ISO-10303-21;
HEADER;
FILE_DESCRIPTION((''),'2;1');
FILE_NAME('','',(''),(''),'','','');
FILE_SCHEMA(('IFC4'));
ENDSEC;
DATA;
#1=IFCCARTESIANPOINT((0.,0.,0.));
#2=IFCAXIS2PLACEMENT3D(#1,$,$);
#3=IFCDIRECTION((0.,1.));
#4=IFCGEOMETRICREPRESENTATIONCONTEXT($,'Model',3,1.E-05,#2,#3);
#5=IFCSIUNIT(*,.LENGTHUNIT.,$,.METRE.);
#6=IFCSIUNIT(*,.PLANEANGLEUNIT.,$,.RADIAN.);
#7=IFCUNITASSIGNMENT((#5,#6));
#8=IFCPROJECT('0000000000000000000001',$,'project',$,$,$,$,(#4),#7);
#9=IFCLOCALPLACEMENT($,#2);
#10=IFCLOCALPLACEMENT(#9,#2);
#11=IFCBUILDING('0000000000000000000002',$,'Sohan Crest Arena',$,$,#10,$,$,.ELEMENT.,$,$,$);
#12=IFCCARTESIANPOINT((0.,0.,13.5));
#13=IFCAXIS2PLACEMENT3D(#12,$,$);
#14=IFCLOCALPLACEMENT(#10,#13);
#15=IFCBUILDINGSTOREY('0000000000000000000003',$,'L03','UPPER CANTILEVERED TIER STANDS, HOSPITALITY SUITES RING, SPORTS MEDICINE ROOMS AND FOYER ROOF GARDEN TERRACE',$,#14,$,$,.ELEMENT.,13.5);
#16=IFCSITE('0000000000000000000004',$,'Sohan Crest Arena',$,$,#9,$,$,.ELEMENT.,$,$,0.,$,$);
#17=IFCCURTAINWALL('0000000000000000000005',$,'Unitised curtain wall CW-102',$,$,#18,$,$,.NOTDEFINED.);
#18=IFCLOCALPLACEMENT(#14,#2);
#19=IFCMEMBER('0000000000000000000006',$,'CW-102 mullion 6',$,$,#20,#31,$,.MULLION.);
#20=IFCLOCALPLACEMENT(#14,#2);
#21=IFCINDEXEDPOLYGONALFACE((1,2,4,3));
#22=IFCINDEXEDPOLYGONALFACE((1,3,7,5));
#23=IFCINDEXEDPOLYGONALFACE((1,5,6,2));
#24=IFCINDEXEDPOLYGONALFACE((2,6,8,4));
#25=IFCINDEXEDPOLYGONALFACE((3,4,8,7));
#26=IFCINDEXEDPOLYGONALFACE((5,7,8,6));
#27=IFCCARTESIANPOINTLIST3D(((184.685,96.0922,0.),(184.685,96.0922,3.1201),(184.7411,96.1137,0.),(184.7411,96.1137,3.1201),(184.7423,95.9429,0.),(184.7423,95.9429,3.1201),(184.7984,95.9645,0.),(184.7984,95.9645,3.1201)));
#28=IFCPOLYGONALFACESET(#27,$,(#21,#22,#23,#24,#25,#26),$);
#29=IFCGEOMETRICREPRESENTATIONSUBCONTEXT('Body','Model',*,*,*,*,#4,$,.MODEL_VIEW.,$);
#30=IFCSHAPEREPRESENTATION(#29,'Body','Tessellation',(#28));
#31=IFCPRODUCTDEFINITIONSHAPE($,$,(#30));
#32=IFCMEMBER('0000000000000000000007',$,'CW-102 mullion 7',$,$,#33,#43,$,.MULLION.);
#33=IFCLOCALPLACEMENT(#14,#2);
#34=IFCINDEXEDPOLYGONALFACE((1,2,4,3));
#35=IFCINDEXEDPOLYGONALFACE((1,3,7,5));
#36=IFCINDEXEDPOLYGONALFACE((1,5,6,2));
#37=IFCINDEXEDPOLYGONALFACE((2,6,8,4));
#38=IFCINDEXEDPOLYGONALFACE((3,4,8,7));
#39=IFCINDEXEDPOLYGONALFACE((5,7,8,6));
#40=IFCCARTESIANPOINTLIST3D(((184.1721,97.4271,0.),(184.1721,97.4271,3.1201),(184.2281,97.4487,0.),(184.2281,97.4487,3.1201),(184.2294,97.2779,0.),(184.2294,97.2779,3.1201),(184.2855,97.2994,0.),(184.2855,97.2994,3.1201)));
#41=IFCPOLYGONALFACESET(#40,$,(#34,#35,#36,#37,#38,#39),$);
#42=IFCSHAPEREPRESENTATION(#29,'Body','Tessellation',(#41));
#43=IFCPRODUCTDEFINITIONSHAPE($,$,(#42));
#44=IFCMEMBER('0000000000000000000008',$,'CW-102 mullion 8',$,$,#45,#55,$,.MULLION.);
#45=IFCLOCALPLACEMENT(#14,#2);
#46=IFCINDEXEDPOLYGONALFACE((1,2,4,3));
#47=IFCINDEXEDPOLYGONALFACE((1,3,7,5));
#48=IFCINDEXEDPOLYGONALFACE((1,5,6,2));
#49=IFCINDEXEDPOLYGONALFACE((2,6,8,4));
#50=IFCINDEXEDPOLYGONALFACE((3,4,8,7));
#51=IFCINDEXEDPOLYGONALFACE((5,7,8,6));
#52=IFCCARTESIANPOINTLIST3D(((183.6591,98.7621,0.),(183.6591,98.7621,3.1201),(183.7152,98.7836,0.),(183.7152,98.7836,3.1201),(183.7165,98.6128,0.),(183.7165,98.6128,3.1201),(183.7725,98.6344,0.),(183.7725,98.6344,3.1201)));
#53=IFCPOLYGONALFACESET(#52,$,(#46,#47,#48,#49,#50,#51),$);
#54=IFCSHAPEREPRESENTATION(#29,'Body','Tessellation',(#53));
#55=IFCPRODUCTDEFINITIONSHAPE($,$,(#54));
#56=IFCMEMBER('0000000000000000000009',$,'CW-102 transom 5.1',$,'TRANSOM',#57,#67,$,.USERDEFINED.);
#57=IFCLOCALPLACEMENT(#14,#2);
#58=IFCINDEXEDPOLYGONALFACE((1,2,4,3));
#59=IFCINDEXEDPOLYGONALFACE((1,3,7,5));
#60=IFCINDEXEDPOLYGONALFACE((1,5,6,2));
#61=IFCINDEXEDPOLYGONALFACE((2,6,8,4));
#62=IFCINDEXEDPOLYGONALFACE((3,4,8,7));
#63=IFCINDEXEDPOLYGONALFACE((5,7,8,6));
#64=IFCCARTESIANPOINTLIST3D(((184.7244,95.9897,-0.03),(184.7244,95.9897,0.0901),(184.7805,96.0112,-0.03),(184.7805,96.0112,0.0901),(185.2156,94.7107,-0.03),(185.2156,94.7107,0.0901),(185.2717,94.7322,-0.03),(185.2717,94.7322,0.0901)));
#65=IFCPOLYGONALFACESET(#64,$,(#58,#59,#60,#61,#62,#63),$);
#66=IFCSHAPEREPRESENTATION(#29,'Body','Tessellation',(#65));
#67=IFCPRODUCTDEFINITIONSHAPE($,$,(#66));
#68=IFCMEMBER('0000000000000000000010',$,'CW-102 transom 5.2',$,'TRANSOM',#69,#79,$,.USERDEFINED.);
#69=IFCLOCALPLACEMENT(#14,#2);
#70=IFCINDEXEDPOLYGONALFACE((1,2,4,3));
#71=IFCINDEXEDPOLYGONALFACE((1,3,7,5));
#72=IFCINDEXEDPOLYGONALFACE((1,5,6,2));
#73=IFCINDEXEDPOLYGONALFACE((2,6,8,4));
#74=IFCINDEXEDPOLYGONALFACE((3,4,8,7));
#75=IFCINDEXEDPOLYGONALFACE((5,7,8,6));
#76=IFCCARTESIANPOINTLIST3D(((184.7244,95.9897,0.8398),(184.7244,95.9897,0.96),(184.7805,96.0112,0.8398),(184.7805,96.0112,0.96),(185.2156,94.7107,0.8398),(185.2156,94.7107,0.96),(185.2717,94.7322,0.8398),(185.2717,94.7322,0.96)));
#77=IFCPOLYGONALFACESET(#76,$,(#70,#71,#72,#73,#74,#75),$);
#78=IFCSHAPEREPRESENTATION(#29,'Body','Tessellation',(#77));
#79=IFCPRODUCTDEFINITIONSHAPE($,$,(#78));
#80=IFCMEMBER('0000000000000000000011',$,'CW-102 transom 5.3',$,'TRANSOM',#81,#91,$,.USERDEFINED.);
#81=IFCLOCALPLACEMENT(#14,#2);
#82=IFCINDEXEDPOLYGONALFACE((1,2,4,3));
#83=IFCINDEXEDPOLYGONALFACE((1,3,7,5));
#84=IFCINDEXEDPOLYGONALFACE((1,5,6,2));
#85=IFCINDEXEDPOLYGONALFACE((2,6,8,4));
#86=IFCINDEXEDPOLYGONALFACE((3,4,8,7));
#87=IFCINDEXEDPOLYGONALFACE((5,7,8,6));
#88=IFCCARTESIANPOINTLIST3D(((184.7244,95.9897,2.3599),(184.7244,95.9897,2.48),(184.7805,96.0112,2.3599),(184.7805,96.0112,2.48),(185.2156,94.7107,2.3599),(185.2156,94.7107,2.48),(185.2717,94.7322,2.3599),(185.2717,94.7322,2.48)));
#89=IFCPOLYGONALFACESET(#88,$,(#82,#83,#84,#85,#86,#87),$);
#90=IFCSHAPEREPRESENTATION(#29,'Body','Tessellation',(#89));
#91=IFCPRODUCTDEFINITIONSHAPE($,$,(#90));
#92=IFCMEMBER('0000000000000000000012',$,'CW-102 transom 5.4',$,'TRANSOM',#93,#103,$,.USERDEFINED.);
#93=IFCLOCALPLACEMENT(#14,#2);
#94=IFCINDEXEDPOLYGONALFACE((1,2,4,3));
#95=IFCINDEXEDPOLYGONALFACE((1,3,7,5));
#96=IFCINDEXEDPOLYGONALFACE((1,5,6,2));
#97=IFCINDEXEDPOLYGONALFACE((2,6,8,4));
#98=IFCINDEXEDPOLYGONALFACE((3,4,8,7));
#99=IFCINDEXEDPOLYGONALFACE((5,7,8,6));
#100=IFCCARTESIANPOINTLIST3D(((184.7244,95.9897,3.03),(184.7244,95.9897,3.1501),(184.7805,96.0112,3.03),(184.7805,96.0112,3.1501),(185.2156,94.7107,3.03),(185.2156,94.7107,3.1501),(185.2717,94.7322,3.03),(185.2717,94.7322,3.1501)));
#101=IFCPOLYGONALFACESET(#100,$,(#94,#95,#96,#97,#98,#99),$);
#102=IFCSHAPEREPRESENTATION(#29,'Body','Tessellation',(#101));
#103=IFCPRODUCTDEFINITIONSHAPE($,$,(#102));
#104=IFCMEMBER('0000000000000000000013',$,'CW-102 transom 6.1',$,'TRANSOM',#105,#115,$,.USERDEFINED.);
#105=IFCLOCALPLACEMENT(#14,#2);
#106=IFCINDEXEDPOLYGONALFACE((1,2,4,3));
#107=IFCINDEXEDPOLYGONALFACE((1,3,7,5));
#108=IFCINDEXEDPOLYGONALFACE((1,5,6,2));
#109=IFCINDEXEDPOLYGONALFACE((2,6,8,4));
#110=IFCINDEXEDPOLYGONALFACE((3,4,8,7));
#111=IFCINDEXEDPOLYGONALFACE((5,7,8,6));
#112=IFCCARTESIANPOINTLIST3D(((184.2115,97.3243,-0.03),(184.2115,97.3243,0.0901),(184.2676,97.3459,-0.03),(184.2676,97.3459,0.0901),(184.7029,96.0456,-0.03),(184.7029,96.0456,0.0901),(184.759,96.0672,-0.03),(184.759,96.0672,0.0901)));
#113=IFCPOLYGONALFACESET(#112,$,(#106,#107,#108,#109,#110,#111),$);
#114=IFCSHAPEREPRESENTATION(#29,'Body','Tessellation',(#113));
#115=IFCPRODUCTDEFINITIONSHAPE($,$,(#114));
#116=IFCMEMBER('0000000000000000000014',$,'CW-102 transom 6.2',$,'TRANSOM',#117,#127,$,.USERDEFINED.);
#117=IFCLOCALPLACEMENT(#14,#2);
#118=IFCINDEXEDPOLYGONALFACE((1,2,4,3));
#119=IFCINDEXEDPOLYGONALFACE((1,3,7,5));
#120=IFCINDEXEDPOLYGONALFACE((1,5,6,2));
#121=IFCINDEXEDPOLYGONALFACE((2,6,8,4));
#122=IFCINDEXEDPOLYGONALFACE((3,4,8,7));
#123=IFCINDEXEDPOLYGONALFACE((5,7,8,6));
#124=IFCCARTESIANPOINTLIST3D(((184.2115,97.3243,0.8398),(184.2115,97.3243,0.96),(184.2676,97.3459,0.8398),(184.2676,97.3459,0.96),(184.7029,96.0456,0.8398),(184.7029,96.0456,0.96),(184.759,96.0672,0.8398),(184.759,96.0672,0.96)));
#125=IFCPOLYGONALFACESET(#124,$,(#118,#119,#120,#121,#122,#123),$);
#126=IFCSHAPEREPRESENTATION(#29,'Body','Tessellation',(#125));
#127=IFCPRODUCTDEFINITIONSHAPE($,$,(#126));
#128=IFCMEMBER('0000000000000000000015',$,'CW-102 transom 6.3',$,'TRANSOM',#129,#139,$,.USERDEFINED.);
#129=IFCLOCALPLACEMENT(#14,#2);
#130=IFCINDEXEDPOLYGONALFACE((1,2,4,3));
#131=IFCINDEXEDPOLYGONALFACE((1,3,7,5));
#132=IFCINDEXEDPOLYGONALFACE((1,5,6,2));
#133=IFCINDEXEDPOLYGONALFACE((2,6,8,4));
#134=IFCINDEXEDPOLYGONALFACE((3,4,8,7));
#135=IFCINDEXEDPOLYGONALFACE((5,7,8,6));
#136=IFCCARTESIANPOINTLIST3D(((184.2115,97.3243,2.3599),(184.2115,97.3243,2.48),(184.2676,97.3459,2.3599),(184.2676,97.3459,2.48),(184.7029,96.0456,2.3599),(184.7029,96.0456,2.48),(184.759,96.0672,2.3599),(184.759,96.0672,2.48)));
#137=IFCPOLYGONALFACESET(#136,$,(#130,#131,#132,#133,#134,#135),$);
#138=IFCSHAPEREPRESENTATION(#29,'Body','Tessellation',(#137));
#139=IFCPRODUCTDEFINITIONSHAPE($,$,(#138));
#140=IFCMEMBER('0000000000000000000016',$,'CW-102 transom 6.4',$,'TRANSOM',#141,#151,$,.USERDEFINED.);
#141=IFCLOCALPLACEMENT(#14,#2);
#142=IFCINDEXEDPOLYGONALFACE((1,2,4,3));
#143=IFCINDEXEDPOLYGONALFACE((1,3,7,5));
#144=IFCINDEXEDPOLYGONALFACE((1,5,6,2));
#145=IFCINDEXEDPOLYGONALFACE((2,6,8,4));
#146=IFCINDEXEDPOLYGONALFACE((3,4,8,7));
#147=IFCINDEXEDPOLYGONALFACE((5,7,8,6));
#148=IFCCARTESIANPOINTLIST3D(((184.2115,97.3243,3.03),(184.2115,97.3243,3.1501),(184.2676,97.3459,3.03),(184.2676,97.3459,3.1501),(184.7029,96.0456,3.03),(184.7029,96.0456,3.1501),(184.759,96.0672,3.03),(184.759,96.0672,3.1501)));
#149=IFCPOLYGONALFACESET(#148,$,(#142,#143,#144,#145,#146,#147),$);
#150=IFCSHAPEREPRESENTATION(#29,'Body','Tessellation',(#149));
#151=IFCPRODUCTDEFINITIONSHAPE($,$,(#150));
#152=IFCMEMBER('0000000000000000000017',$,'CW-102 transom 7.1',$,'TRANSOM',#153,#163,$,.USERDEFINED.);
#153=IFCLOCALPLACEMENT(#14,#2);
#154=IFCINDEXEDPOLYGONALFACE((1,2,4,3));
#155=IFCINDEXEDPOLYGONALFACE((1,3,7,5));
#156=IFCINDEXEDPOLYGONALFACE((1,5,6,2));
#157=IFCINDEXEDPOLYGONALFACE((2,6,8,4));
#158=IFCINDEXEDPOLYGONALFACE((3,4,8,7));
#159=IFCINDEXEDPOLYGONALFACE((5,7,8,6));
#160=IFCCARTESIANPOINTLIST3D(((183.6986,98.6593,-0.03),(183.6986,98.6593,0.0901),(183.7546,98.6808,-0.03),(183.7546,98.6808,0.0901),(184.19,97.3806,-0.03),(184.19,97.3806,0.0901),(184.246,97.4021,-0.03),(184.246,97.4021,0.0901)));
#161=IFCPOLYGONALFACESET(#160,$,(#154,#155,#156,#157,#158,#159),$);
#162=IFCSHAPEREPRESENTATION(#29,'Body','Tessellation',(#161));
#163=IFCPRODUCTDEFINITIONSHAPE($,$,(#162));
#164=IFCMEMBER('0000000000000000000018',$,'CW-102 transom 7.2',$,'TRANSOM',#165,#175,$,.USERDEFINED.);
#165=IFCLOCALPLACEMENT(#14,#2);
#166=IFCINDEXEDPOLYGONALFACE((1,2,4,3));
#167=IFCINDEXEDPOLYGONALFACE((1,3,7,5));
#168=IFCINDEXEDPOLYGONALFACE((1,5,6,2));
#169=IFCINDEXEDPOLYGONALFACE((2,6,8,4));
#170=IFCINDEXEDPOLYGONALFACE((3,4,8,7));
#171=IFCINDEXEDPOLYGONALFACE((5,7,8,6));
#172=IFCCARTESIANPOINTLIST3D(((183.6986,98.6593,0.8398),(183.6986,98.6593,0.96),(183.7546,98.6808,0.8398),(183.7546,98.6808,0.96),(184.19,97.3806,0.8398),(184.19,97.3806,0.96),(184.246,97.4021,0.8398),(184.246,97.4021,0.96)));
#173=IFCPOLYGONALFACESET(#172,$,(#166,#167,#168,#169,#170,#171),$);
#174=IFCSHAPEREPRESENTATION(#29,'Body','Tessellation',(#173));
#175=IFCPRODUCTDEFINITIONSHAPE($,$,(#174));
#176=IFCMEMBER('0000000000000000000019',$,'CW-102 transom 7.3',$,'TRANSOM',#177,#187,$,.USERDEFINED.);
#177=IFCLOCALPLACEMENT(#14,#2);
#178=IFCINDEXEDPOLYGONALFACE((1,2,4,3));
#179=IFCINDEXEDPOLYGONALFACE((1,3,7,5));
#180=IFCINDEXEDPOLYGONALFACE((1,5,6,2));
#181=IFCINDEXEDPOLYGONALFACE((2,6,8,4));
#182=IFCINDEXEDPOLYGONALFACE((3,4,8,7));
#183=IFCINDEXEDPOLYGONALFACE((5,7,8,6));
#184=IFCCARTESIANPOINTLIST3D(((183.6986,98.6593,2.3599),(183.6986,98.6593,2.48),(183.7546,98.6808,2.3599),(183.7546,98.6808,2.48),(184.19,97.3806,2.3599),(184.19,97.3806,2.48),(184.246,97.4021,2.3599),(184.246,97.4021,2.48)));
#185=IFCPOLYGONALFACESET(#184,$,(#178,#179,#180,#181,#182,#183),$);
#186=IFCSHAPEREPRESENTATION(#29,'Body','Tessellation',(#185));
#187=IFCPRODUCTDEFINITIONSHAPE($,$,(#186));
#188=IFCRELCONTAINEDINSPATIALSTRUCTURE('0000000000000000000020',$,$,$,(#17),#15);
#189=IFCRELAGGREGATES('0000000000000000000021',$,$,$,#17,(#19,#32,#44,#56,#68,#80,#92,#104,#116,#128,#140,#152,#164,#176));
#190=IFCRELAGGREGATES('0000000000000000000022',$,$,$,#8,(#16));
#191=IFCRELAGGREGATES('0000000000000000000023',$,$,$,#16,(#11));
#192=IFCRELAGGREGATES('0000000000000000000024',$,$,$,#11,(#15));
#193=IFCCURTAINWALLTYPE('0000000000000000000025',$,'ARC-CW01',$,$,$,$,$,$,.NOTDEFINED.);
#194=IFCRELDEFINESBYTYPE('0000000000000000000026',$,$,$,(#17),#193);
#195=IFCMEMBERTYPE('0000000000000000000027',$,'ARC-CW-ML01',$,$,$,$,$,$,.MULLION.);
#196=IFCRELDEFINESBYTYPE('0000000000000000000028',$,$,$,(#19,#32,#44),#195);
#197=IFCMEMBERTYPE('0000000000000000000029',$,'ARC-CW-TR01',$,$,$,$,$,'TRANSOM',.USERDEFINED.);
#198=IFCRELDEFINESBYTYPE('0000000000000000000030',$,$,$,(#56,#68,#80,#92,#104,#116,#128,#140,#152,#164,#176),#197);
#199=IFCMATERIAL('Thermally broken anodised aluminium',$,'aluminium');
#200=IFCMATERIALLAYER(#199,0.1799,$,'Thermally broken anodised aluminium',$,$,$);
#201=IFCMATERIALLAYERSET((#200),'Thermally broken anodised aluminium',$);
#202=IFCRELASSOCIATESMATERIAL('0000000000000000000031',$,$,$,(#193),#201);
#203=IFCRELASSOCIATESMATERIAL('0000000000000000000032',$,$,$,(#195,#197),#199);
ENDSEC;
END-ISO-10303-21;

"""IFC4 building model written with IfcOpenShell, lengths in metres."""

from ifc_helpers import new_model, si_unit, direction, frame, origin, origin_2d, place, context, subcontext, project, spatial, rectangle, extrude, material, layer, layer_set, material_profile, profile_set, type_object, element, aggregate, save


model = new_model("IFC4")

# Units and contexts
model_context = context("Model", 3, precision=1e-05, world=origin(), true_north=direction((0.0, 1.0)))
body_context = subcontext(model_context, "Body", "Model", "MODEL_VIEW")
ifc_project = project(units=[si_unit("LENGTHUNIT", "METRE"), si_unit("PLANEANGLEUNIT", "RADIAN")], contexts=[model_context])

# Site, building, storey
site_placement = place(None, origin())
site = spatial("IfcSite", under=ifc_project, at=site_placement, Name="Sohan Crest Arena", CompositionType="ELEMENT", RefElevation=0.0)
building_placement = place(site_placement, origin())
building = spatial("IfcBuilding", under=site, at=building_placement, Name="Sohan Crest Arena", CompositionType="ELEMENT")
storey_placement = place(building_placement, frame((0.0, 0.0, 13.5)))
storey = spatial("IfcBuildingStorey", under=building, at=storey_placement, Name="L03", Description="UPPER CANTILEVERED TIER STANDS, HOSPITALITY SUITES RING, SPORTS MEDICINE ROOMS AND FOYER ROOF GARDEN TERRACE", CompositionType="ELEMENT", Elevation=13.5)

# Curtain wall, members
ifc_material_1 = material(Name="Thermally broken anodised aluminium", Category="aluminium")
ifc_layer_1 = layer(ifc_material_1, 0.1799, Name="Thermally broken anodised aluminium")
ifc_layer_set_1 = layer_set([ifc_layer_1], Name="Thermally broken anodised aluminium")
curtain_wall_type = type_object("IfcCurtainWallType", Name="ARC-CW01", PredefinedType="NOTDEFINED", material=ifc_layer_set_1)
curtain_wall_placement = place(storey_placement, origin())
curtain_wall = element("IfcCurtainWall", 1, at=curtain_wall_placement, inside=storey, type_object=curtain_wall_type, Name="Unitised curtain wall CW-102", PredefinedType="NOTDEFINED")
ifc_material_profile_1 = material_profile(ifc_material_1, rectangle(XDim=0.0601, YDim=0.1599, at=origin_2d()), Name="ALU-MULL 60x160")
ifc_profile_set_1 = profile_set([ifc_material_profile_1], Name="Thermally broken anodised aluminium")
member_type_1 = type_object("IfcMemberType", Name="ARC-CW-ML01", PredefinedType="MULLION", material=ifc_profile_set_1)
member_1_placement = place(storey_placement, frame((184.7417, 96.0283, 0.0), z_axis=(0.0, 0.0, 1.0), x_axis=(-0.933472, -0.358651, 0.0)))
member_1 = element("IfcMember", 2, at=member_1_placement, type_object=member_type_1, Name="CW-102 mullion 6", PredefinedType="MULLION", context=body_context, shape_type="SweptSolid", body=[
    extrude(rectangle(XDim=0.0601, YDim=0.1599, at=origin_2d()), origin(), (0.0, 0.0, 1.0), 3.1201),
])
member_2_placement = place(storey_placement, frame((184.2288, 97.3633, 0.0), z_axis=(0.0, 0.0, 1.0), x_axis=(-0.933472, -0.358651, 0.0)))
member_2 = element("IfcMember", 3, at=member_2_placement, type_object=member_type_1, Name="CW-102 mullion 7", PredefinedType="MULLION", context=body_context, shape_type="SweptSolid", body=[
    extrude(rectangle(XDim=0.0601, YDim=0.1599, at=origin_2d()), origin(), (0.0, 0.0, 1.0), 3.1201),
])
member_3_placement = place(storey_placement, frame((183.7158, 98.6982, 0.0), z_axis=(0.0, 0.0, 1.0), x_axis=(-0.933472, -0.358651, 0.0)))
member_3 = element("IfcMember", 4, at=member_3_placement, type_object=member_type_1, Name="CW-102 mullion 8", PredefinedType="MULLION", context=body_context, shape_type="SweptSolid", body=[
    extrude(rectangle(XDim=0.0601, YDim=0.1599, at=origin_2d()), origin(), (0.0, 0.0, 1.0), 3.1201),
])
ifc_material_profile_2 = material_profile(ifc_material_1, rectangle(XDim=0.0601, YDim=0.1201, at=origin_2d()), Name="ALU-TRAN 60x120")
ifc_profile_set_2 = profile_set([ifc_material_profile_2], Name="Thermally broken anodised aluminium")
member_type_2 = type_object("IfcMemberType", Name="ARC-CW-TR01", ElementType="TRANSOM", PredefinedType="USERDEFINED", material=ifc_profile_set_2)
member_4_placement = place(storey_placement, frame((185.2437, 94.7214, 0.03), z_axis=(-0.358513, 0.933525, 0.0), x_axis=(-0.933525, -0.358513, 0.0)))
member_4 = element("IfcMember", 5, at=member_4_placement, type_object=member_type_2, Name="CW-102 transom 5.1", ObjectType="TRANSOM", PredefinedType="USERDEFINED", context=body_context, shape_type="SweptSolid", body=[
    extrude(rectangle(XDim=0.0601, YDim=0.1201, at=origin_2d()), origin(), (0.0, 0.0, 1.0), 1.3701),
])
member_5_placement = place(storey_placement, frame((185.2437, 94.7214, 0.8999), z_axis=(-0.358513, 0.933525, 0.0), x_axis=(-0.933525, -0.358513, 0.0)))
member_5 = element("IfcMember", 6, at=member_5_placement, type_object=member_type_2, Name="CW-102 transom 5.2", ObjectType="TRANSOM", PredefinedType="USERDEFINED", context=body_context, shape_type="SweptSolid", body=[
    extrude(rectangle(XDim=0.0601, YDim=0.1201, at=origin_2d()), origin(), (0.0, 0.0, 1.0), 1.3701),
])
member_6_placement = place(storey_placement, frame((185.2437, 94.7214, 2.4199), z_axis=(-0.358513, 0.933525, 0.0), x_axis=(-0.933525, -0.358513, 0.0)))
member_6 = element("IfcMember", 7, at=member_6_placement, type_object=member_type_2, Name="CW-102 transom 5.3", ObjectType="TRANSOM", PredefinedType="USERDEFINED", context=body_context, shape_type="SweptSolid", body=[
    extrude(rectangle(XDim=0.0601, YDim=0.1201, at=origin_2d()), origin(), (0.0, 0.0, 1.0), 1.3701),
])
member_7_placement = place(storey_placement, frame((185.2437, 94.7214, 3.0901), z_axis=(-0.358513, 0.933525, 0.0), x_axis=(-0.933525, -0.358513, 0.0)))
member_7 = element("IfcMember", 8, at=member_7_placement, type_object=member_type_2, Name="CW-102 transom 5.4", ObjectType="TRANSOM", PredefinedType="USERDEFINED", context=body_context, shape_type="SweptSolid", body=[
    extrude(rectangle(XDim=0.0601, YDim=0.1201, at=origin_2d()), origin(), (0.0, 0.0, 1.0), 1.3701),
])
member_8_placement = place(storey_placement, frame((184.731, 96.0564, 0.03), z_axis=(-0.358728, 0.933442, 0.0), x_axis=(-0.933442, -0.358728, 0.0)))
member_8 = element("IfcMember", 9, at=member_8_placement, type_object=member_type_2, Name="CW-102 transom 6.1", ObjectType="TRANSOM", PredefinedType="USERDEFINED", context=body_context, shape_type="SweptSolid", body=[
    extrude(rectangle(XDim=0.0601, YDim=0.1201, at=origin_2d()), origin(), (0.0, 0.0, 1.0), 1.3699),
])
member_9_placement = place(storey_placement, frame((184.731, 96.0564, 0.8999), z_axis=(-0.358728, 0.933442, 0.0), x_axis=(-0.933442, -0.358728, 0.0)))
member_9 = element("IfcMember", 10, at=member_9_placement, type_object=member_type_2, Name="CW-102 transom 6.2", ObjectType="TRANSOM", PredefinedType="USERDEFINED", context=body_context, shape_type="SweptSolid", body=[
    extrude(rectangle(XDim=0.0601, YDim=0.1201, at=origin_2d()), origin(), (0.0, 0.0, 1.0), 1.3699),
])
member_10_placement = place(storey_placement, frame((184.731, 96.0564, 2.4199), z_axis=(-0.358728, 0.933442, 0.0), x_axis=(-0.933442, -0.358728, 0.0)))
member_10 = element("IfcMember", 11, at=member_10_placement, type_object=member_type_2, Name="CW-102 transom 6.3", ObjectType="TRANSOM", PredefinedType="USERDEFINED", context=body_context, shape_type="SweptSolid", body=[
    extrude(rectangle(XDim=0.0601, YDim=0.1201, at=origin_2d()), origin(), (0.0, 0.0, 1.0), 1.3699),
])
member_11_placement = place(storey_placement, frame((184.731, 96.0564, 3.0901), z_axis=(-0.358728, 0.933442, 0.0), x_axis=(-0.933442, -0.358728, 0.0)))
member_11 = element("IfcMember", 12, at=member_11_placement, type_object=member_type_2, Name="CW-102 transom 6.4", ObjectType="TRANSOM", PredefinedType="USERDEFINED", context=body_context, shape_type="SweptSolid", body=[
    extrude(rectangle(XDim=0.0601, YDim=0.1201, at=origin_2d()), origin(), (0.0, 0.0, 1.0), 1.3699),
])
member_12_placement = place(storey_placement, frame((184.218, 97.3914, 0.03), z_axis=(-0.358728, 0.933442, 0.0), x_axis=(-0.933442, -0.358728, 0.0)))
member_12 = element("IfcMember", 13, at=member_12_placement, type_object=member_type_2, Name="CW-102 transom 7.1", ObjectType="TRANSOM", PredefinedType="USERDEFINED", context=body_context, shape_type="SweptSolid", body=[
    extrude(rectangle(XDim=0.0601, YDim=0.1201, at=origin_2d()), origin(), (0.0, 0.0, 1.0), 1.3699),
])
member_13_placement = place(storey_placement, frame((184.218, 97.3914, 0.8999), z_axis=(-0.358728, 0.933442, 0.0), x_axis=(-0.933442, -0.358728, 0.0)))
member_13 = element("IfcMember", 14, at=member_13_placement, type_object=member_type_2, Name="CW-102 transom 7.2", ObjectType="TRANSOM", PredefinedType="USERDEFINED", context=body_context, shape_type="SweptSolid", body=[
    extrude(rectangle(XDim=0.0601, YDim=0.1201, at=origin_2d()), origin(), (0.0, 0.0, 1.0), 1.3699),
])
member_14_placement = place(storey_placement, frame((184.218, 97.3914, 2.4199), z_axis=(-0.358728, 0.933442, 0.0), x_axis=(-0.933442, -0.358728, 0.0)))
member_14 = element("IfcMember", 15, at=member_14_placement, type_object=member_type_2, Name="CW-102 transom 7.3", ObjectType="TRANSOM", PredefinedType="USERDEFINED", context=body_context, shape_type="SweptSolid", body=[
    extrude(rectangle(XDim=0.0601, YDim=0.1201, at=origin_2d()), origin(), (0.0, 0.0, 1.0), 1.3699),
])
aggregate(curtain_wall, [member_1, member_2, member_3, member_4, member_5, member_6, member_7, member_8, member_9, member_10, member_11, member_12, member_13, member_14])

save(model, "model.ifc")
